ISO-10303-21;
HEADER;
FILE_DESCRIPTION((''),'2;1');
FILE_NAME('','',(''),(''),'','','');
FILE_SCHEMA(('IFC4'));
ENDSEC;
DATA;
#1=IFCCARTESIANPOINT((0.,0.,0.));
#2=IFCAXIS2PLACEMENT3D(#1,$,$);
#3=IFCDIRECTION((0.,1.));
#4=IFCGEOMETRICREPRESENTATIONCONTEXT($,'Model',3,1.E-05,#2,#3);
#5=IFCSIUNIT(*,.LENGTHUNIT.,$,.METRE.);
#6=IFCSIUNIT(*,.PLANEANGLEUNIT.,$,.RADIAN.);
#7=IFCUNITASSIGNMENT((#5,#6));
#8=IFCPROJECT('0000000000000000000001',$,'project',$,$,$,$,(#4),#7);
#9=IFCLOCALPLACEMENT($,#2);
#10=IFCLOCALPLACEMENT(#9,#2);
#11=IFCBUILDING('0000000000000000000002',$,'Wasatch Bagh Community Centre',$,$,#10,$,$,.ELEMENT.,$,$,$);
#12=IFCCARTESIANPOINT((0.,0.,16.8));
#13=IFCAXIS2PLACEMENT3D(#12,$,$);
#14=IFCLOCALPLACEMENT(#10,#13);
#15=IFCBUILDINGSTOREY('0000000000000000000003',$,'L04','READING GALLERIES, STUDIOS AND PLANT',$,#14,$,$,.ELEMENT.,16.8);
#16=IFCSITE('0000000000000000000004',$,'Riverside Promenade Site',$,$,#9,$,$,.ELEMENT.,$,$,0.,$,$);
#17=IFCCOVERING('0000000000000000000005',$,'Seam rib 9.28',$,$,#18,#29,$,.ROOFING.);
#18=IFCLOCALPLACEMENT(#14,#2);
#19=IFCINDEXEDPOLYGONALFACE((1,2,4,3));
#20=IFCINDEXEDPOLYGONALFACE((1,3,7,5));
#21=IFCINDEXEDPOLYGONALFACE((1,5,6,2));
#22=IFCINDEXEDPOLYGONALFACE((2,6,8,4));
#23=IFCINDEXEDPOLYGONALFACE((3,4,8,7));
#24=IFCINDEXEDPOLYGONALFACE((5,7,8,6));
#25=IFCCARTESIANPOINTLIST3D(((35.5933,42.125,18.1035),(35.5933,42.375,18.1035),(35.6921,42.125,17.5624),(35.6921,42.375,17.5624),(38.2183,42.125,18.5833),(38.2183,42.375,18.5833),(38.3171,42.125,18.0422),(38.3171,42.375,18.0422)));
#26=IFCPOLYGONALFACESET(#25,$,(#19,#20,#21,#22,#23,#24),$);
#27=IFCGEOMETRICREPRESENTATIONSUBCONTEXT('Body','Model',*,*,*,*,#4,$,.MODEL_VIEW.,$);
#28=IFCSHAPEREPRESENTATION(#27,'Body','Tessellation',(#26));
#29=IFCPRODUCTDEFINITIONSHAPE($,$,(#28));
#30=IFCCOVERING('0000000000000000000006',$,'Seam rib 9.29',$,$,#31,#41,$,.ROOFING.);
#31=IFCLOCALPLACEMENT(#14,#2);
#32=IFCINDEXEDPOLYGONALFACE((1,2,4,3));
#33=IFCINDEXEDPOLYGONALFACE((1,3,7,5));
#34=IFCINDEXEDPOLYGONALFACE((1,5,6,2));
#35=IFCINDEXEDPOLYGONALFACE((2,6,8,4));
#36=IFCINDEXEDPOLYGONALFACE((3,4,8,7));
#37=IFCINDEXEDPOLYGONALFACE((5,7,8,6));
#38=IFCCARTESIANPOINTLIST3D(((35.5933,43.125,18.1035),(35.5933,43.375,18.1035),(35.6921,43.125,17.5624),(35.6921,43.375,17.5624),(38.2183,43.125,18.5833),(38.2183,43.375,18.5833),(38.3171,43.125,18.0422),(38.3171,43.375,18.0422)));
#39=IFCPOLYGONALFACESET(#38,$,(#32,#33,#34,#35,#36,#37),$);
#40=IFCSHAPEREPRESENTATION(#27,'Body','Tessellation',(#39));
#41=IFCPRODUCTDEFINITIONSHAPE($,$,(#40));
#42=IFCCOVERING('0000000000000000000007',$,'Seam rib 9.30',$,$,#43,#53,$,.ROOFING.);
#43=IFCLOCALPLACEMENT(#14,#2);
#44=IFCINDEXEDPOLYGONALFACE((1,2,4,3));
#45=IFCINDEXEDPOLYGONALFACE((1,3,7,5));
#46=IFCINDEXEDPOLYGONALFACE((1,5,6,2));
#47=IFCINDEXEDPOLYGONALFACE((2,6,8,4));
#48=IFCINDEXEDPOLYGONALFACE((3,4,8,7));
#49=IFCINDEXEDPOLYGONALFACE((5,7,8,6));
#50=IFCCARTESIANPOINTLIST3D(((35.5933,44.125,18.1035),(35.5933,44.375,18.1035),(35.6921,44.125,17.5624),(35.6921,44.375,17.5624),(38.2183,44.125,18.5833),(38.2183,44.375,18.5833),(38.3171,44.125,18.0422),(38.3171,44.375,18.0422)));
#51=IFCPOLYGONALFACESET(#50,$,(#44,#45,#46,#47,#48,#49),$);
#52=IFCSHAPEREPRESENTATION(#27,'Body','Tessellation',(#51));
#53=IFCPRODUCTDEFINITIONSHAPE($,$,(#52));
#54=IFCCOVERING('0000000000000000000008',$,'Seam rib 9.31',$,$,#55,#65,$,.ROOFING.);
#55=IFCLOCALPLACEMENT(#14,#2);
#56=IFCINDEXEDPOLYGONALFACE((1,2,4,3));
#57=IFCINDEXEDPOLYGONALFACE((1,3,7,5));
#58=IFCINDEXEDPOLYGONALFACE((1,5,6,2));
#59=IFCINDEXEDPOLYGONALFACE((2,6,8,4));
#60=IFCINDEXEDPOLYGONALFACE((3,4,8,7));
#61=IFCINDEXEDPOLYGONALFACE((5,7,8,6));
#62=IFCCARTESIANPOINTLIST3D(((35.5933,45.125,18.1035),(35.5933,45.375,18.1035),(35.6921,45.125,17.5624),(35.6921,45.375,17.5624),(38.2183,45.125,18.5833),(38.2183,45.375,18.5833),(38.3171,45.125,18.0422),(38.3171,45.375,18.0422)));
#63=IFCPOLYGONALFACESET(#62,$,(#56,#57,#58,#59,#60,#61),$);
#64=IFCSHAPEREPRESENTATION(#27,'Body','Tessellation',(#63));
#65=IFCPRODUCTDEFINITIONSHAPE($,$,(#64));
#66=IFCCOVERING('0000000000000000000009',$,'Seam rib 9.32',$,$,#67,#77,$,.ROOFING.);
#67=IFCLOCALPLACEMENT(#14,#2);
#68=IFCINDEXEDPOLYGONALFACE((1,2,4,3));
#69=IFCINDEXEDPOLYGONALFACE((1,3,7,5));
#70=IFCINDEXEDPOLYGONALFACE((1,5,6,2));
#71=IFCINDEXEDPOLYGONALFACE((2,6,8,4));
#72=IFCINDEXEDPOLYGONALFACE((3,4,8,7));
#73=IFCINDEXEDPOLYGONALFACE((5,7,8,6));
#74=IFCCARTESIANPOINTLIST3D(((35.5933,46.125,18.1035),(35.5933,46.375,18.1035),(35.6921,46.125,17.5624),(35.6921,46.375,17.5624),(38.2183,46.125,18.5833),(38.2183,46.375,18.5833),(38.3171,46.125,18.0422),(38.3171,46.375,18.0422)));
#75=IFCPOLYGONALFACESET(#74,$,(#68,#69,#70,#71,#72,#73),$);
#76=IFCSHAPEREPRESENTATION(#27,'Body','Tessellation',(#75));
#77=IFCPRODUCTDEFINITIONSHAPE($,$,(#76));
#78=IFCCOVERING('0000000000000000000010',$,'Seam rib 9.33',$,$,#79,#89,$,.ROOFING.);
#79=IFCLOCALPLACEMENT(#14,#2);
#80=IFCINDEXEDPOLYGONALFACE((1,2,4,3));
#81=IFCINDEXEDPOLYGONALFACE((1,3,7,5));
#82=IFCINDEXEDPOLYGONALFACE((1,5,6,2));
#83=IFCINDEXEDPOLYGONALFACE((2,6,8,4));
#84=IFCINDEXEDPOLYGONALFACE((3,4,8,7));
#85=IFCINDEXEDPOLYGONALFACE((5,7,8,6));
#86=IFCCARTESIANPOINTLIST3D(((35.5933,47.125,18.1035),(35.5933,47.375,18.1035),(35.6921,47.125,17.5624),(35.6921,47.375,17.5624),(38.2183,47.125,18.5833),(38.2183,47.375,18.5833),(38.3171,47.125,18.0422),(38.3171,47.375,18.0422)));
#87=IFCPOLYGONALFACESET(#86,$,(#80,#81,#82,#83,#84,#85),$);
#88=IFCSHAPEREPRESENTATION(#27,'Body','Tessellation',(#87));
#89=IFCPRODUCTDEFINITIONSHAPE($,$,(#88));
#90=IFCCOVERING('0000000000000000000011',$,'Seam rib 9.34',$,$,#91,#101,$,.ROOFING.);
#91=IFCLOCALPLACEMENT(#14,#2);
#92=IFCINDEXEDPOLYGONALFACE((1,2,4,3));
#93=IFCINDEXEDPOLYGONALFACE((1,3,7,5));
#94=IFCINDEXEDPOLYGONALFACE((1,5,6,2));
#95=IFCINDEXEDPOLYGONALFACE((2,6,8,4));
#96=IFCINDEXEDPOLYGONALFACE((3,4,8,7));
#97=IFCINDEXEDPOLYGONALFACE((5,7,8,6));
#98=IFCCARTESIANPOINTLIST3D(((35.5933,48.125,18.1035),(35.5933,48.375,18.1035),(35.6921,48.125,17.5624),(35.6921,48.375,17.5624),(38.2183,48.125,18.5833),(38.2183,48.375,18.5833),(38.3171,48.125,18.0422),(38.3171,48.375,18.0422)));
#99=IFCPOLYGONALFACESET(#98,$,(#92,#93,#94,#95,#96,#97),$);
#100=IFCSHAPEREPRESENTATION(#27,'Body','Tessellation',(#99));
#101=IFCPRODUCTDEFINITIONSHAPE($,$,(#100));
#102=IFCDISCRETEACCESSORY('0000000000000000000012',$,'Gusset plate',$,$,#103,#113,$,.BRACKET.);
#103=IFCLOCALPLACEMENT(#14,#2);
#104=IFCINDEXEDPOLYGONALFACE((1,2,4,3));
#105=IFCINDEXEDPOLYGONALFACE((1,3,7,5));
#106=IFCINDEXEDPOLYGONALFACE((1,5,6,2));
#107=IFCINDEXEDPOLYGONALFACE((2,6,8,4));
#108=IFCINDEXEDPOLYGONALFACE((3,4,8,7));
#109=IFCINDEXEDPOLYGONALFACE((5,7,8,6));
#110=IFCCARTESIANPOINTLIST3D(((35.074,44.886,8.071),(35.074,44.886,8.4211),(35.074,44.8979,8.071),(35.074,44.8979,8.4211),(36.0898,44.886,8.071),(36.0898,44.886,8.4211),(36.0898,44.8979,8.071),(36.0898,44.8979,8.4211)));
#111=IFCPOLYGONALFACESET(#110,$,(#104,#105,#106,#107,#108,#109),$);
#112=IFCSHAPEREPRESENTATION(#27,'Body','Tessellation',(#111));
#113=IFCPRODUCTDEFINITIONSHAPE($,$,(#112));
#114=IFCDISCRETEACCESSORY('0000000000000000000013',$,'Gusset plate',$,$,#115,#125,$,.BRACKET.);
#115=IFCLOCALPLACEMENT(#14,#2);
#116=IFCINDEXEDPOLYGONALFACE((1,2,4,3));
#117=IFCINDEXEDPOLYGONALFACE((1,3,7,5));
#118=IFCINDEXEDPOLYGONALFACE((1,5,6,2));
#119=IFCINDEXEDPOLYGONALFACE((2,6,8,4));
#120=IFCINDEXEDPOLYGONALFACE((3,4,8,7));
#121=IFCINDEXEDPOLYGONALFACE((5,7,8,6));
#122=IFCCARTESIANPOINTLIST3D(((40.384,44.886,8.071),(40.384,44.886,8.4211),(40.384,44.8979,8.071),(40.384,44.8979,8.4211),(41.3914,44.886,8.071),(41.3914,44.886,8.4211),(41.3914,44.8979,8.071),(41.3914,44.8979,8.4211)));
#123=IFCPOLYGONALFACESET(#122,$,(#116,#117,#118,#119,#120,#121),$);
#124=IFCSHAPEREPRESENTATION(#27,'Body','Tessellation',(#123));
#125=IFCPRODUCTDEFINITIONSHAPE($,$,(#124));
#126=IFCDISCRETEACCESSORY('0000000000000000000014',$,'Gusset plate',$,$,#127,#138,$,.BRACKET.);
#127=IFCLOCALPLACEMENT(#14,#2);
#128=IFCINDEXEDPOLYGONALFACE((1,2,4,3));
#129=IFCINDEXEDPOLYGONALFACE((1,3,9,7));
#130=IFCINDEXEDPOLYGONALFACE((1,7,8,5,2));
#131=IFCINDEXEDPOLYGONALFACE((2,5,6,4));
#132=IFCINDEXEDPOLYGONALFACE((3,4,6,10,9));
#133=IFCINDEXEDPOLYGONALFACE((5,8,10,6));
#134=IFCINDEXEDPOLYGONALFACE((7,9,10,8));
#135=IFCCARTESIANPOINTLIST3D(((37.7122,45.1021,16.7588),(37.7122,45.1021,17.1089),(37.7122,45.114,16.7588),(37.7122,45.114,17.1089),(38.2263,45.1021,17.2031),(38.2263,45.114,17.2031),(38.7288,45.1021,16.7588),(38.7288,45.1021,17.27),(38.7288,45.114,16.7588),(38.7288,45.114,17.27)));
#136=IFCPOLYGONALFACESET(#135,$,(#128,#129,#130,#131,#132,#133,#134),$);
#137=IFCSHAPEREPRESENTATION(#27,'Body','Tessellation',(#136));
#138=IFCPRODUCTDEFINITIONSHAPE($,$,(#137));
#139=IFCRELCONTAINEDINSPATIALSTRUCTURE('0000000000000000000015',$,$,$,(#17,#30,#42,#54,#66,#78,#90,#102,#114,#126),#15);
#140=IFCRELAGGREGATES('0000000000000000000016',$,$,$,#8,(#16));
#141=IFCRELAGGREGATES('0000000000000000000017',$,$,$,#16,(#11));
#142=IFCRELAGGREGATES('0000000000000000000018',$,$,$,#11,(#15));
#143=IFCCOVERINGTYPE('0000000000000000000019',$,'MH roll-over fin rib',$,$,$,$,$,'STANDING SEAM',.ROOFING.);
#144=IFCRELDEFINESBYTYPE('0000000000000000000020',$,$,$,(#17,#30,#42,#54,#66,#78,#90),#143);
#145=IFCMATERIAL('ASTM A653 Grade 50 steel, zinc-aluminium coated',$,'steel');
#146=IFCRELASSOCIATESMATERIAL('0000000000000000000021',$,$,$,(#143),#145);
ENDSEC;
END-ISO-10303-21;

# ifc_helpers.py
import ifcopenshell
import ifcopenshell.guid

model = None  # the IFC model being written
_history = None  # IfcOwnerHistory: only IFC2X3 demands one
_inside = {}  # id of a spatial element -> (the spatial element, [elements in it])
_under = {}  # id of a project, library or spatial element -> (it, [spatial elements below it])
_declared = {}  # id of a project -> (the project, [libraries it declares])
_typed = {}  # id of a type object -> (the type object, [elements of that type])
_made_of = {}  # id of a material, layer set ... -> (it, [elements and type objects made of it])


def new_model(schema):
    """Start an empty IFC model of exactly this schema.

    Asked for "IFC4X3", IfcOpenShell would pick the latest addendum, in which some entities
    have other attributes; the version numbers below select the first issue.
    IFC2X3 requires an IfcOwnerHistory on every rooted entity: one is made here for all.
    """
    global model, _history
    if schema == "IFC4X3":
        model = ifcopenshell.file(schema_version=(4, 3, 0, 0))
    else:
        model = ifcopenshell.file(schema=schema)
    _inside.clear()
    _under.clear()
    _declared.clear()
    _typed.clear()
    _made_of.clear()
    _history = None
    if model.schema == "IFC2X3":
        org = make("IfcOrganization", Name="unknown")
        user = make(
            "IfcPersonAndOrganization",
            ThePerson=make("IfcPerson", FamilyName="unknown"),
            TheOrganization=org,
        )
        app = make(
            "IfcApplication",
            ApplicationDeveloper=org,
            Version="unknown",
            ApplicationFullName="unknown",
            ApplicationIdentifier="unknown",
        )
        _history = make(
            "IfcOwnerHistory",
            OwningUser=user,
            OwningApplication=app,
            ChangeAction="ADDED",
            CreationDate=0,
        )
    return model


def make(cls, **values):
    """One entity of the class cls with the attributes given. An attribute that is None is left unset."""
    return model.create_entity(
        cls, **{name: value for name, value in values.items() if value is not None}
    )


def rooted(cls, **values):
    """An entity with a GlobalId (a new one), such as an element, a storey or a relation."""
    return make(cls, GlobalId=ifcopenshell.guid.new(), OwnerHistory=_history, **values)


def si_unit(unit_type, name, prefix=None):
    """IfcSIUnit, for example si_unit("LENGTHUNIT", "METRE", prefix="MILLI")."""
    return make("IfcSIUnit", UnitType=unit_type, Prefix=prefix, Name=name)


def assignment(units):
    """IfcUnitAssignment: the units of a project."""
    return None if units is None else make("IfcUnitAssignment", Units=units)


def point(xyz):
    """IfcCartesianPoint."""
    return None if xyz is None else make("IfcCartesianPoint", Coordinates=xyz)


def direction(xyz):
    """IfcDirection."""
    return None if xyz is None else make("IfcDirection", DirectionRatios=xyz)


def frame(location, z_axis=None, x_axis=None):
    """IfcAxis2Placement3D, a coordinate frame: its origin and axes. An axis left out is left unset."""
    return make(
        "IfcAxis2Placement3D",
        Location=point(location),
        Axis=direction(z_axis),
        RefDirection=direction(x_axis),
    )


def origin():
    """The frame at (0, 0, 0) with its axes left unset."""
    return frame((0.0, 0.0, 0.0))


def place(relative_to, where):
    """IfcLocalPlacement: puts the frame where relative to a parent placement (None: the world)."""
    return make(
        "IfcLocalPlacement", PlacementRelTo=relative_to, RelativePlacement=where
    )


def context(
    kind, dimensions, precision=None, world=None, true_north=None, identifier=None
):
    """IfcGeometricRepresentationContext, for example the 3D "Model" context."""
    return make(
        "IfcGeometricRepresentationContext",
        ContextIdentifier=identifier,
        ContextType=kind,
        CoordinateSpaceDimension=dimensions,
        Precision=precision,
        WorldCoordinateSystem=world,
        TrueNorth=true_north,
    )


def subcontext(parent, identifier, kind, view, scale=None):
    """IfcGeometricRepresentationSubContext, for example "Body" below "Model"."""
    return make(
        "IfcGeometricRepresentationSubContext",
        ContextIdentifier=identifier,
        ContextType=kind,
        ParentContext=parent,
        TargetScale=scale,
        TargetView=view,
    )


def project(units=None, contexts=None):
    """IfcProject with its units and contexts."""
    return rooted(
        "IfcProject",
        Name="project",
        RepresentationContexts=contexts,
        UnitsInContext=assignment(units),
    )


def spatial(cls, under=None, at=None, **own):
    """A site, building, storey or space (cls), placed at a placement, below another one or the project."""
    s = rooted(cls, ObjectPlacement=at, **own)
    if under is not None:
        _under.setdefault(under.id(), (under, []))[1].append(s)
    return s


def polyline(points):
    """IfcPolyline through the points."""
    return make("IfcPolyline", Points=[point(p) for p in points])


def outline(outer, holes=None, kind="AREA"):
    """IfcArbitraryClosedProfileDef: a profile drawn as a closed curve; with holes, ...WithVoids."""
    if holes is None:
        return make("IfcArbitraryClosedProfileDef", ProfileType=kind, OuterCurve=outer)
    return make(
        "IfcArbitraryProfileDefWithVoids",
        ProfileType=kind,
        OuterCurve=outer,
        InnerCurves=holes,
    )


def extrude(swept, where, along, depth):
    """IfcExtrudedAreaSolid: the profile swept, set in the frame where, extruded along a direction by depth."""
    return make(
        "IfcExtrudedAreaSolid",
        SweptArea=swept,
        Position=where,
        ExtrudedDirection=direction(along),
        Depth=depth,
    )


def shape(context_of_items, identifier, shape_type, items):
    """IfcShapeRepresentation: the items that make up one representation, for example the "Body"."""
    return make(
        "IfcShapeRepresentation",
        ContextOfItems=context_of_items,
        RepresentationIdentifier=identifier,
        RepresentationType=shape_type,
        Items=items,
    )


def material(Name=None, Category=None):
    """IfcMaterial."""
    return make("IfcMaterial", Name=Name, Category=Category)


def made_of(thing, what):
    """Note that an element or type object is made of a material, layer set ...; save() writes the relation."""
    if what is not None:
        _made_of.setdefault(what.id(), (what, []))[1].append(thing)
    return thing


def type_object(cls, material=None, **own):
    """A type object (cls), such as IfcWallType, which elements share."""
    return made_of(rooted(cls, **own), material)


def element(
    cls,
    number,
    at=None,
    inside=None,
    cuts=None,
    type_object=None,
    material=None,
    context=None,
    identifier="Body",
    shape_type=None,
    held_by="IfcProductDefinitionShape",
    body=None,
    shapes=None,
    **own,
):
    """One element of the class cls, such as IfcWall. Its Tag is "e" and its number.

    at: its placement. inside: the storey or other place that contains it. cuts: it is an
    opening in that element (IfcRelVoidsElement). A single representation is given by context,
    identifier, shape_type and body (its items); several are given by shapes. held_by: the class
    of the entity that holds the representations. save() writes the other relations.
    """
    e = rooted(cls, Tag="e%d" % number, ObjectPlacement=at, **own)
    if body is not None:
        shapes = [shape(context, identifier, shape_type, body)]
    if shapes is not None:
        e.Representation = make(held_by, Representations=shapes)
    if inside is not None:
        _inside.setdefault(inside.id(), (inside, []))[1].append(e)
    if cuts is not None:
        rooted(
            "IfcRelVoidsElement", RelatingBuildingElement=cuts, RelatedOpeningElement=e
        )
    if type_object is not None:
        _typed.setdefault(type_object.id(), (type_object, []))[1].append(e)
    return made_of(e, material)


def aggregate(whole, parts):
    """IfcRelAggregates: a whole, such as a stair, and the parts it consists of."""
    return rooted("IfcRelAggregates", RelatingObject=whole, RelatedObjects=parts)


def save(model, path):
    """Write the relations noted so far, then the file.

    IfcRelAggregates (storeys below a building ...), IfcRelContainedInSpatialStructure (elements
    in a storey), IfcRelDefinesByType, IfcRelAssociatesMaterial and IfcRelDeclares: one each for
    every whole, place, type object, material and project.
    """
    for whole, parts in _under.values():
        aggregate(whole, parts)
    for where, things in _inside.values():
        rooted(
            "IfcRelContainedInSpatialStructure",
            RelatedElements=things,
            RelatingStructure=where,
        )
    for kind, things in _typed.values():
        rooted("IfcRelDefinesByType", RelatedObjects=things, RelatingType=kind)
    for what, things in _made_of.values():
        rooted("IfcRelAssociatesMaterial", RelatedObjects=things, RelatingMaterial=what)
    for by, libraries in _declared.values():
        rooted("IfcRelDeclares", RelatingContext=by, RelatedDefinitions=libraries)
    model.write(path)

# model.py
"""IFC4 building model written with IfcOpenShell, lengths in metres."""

from ifc_helpers import new_model, si_unit, direction, frame, origin, place, context, subcontext, project, spatial, polyline, outline, extrude, material, type_object, element, save


model = new_model("IFC4")

# Units and contexts
model_context = context("Model", 3, precision=1e-05, world=origin(), true_north=direction((0.0, 1.0)))
body_context = subcontext(model_context, "Body", "Model", "MODEL_VIEW")
ifc_project = project(units=[si_unit("LENGTHUNIT", "METRE"), si_unit("PLANEANGLEUNIT", "RADIAN")], contexts=[model_context])

# Site, building, storey
site_placement = place(None, origin())
site = spatial("IfcSite", under=ifc_project, at=site_placement, Name="Riverside Promenade Site", CompositionType="ELEMENT", RefElevation=0.0)
building_placement = place(site_placement, origin())
building = spatial("IfcBuilding", under=site, at=building_placement, Name="Wasatch Bagh Community Centre", CompositionType="ELEMENT")
storey_placement = place(building_placement, frame((0.0, 0.0, 16.8)))
storey = spatial("IfcBuildingStorey", under=building, at=storey_placement, Name="L04", Description="READING GALLERIES, STUDIOS AND PLANT", CompositionType="ELEMENT", Elevation=16.8)

# Coverings
ifc_material_1 = material(Name="ASTM A653 Grade 50 steel, zinc-aluminium coated", Category="steel")
covering_type = type_object("IfcCoveringType", Name="MH roll-over fin rib", ElementType="STANDING SEAM", PredefinedType="ROOFING", material=ifc_material_1)
for number, where, z_axis, x_axis, name in (
    (1, (35.5933, 42.125, 18.1035), (-0.179779, 0.0, 0.983707), (0.983707, 0.0, 0.179779), "Seam rib 9.28"),
    (2, (35.5933, 43.125, 18.1035), (-0.179779, 0.0, 0.983707), (0.983707, 0.0, 0.179779), "Seam rib 9.29"),
    (3, (35.5933, 44.125, 18.1035), (-0.179779, 0.0, 0.983707), (0.983707, 0.0, 0.179779), "Seam rib 9.30"),
    (4, (35.5933, 45.125, 18.1035), (-0.179779, 0.0, 0.983707), (0.983707, 0.0, 0.179779), "Seam rib 9.31"),
    (5, (35.5933, 46.125, 18.1035), (-0.179779, 0.0, 0.983707), (0.983707, 0.0, 0.179779), "Seam rib 9.32"),
    (6, (35.5933, 47.125, 18.1035), (-0.179779, 0.0, 0.983707), (0.983707, 0.0, 0.179779), "Seam rib 9.33"),
    (7, (35.5933, 48.125, 18.1035), (-0.179779, 0.0, 0.983707), (0.983707, 0.0, 0.179779), "Seam rib 9.34"),
):
    element("IfcCovering", number, at=place(storey_placement, frame(where, z_axis=z_axis, x_axis=x_axis)), inside=storey, type_object=covering_type, Name=name, PredefinedType="ROOFING", context=body_context, shape_type="SweptSolid", body=[
        extrude(outline(polyline([(0.0, 0.0), (2.6685, 0.0), (2.6685, 0.25), (0.0, 0.25), (0.0, 0.0)])), origin(), (0.0, 0.0, -1.0), 0.55),
    ])

# Discrete accessories
discrete_accessory_1_placement = place(storey_placement, frame((35.074, 44.886, 8.071), z_axis=(0.0, -1.0, 0.0), x_axis=(1.0, 0.0, 0.0)))
element("IfcDiscreteAccessory", 8, at=discrete_accessory_1_placement, inside=storey, Name="Gusset plate", PredefinedType="BRACKET", context=body_context, shape_type="SweptSolid", body=[
    extrude(outline(polyline([(0.0, 0.0), (1.0159, 0.0), (1.0159, 0.3501), (0.0, 0.3501), (0.0, 0.0)])), origin(), (0.0, 0.0, -1.0), 0.012),
])
discrete_accessory_2_placement = place(storey_placement, frame((40.384, 44.886, 8.071), z_axis=(0.0, -1.0, 0.0), x_axis=(1.0, 0.0, 0.0)))
element("IfcDiscreteAccessory", 9, at=discrete_accessory_2_placement, inside=storey, Name="Gusset plate", PredefinedType="BRACKET", context=body_context, shape_type="SweptSolid", body=[
    extrude(outline(polyline([(0.0, 0.0), (1.0073, 0.0), (1.0073, 0.3501), (0.0, 0.3501), (0.0, 0.0)])), origin(), (0.0, 0.0, -1.0), 0.012),
])
discrete_accessory_3_placement = place(storey_placement, frame((37.7122, 45.114, 17.1089), z_axis=(0.0, 1.0, 0.0), x_axis=(0.983615, 0.0, 0.180283)))
element("IfcDiscreteAccessory", 10, at=discrete_accessory_3_placement, inside=storey, Name="Gusset plate", PredefinedType="BRACKET", context=body_context, shape_type="SweptSolid", body=[
    extrude(outline(polyline([(0.0, 0.0), (0.5227, 0.0), (1.029, 0.0248), (0.9368, 0.5276), (-0.0631, 0.3444), (0.0, 0.0)])), origin(), (0.0, 0.0, -1.0), 0.012),
])

save(model, "model.ifc")
